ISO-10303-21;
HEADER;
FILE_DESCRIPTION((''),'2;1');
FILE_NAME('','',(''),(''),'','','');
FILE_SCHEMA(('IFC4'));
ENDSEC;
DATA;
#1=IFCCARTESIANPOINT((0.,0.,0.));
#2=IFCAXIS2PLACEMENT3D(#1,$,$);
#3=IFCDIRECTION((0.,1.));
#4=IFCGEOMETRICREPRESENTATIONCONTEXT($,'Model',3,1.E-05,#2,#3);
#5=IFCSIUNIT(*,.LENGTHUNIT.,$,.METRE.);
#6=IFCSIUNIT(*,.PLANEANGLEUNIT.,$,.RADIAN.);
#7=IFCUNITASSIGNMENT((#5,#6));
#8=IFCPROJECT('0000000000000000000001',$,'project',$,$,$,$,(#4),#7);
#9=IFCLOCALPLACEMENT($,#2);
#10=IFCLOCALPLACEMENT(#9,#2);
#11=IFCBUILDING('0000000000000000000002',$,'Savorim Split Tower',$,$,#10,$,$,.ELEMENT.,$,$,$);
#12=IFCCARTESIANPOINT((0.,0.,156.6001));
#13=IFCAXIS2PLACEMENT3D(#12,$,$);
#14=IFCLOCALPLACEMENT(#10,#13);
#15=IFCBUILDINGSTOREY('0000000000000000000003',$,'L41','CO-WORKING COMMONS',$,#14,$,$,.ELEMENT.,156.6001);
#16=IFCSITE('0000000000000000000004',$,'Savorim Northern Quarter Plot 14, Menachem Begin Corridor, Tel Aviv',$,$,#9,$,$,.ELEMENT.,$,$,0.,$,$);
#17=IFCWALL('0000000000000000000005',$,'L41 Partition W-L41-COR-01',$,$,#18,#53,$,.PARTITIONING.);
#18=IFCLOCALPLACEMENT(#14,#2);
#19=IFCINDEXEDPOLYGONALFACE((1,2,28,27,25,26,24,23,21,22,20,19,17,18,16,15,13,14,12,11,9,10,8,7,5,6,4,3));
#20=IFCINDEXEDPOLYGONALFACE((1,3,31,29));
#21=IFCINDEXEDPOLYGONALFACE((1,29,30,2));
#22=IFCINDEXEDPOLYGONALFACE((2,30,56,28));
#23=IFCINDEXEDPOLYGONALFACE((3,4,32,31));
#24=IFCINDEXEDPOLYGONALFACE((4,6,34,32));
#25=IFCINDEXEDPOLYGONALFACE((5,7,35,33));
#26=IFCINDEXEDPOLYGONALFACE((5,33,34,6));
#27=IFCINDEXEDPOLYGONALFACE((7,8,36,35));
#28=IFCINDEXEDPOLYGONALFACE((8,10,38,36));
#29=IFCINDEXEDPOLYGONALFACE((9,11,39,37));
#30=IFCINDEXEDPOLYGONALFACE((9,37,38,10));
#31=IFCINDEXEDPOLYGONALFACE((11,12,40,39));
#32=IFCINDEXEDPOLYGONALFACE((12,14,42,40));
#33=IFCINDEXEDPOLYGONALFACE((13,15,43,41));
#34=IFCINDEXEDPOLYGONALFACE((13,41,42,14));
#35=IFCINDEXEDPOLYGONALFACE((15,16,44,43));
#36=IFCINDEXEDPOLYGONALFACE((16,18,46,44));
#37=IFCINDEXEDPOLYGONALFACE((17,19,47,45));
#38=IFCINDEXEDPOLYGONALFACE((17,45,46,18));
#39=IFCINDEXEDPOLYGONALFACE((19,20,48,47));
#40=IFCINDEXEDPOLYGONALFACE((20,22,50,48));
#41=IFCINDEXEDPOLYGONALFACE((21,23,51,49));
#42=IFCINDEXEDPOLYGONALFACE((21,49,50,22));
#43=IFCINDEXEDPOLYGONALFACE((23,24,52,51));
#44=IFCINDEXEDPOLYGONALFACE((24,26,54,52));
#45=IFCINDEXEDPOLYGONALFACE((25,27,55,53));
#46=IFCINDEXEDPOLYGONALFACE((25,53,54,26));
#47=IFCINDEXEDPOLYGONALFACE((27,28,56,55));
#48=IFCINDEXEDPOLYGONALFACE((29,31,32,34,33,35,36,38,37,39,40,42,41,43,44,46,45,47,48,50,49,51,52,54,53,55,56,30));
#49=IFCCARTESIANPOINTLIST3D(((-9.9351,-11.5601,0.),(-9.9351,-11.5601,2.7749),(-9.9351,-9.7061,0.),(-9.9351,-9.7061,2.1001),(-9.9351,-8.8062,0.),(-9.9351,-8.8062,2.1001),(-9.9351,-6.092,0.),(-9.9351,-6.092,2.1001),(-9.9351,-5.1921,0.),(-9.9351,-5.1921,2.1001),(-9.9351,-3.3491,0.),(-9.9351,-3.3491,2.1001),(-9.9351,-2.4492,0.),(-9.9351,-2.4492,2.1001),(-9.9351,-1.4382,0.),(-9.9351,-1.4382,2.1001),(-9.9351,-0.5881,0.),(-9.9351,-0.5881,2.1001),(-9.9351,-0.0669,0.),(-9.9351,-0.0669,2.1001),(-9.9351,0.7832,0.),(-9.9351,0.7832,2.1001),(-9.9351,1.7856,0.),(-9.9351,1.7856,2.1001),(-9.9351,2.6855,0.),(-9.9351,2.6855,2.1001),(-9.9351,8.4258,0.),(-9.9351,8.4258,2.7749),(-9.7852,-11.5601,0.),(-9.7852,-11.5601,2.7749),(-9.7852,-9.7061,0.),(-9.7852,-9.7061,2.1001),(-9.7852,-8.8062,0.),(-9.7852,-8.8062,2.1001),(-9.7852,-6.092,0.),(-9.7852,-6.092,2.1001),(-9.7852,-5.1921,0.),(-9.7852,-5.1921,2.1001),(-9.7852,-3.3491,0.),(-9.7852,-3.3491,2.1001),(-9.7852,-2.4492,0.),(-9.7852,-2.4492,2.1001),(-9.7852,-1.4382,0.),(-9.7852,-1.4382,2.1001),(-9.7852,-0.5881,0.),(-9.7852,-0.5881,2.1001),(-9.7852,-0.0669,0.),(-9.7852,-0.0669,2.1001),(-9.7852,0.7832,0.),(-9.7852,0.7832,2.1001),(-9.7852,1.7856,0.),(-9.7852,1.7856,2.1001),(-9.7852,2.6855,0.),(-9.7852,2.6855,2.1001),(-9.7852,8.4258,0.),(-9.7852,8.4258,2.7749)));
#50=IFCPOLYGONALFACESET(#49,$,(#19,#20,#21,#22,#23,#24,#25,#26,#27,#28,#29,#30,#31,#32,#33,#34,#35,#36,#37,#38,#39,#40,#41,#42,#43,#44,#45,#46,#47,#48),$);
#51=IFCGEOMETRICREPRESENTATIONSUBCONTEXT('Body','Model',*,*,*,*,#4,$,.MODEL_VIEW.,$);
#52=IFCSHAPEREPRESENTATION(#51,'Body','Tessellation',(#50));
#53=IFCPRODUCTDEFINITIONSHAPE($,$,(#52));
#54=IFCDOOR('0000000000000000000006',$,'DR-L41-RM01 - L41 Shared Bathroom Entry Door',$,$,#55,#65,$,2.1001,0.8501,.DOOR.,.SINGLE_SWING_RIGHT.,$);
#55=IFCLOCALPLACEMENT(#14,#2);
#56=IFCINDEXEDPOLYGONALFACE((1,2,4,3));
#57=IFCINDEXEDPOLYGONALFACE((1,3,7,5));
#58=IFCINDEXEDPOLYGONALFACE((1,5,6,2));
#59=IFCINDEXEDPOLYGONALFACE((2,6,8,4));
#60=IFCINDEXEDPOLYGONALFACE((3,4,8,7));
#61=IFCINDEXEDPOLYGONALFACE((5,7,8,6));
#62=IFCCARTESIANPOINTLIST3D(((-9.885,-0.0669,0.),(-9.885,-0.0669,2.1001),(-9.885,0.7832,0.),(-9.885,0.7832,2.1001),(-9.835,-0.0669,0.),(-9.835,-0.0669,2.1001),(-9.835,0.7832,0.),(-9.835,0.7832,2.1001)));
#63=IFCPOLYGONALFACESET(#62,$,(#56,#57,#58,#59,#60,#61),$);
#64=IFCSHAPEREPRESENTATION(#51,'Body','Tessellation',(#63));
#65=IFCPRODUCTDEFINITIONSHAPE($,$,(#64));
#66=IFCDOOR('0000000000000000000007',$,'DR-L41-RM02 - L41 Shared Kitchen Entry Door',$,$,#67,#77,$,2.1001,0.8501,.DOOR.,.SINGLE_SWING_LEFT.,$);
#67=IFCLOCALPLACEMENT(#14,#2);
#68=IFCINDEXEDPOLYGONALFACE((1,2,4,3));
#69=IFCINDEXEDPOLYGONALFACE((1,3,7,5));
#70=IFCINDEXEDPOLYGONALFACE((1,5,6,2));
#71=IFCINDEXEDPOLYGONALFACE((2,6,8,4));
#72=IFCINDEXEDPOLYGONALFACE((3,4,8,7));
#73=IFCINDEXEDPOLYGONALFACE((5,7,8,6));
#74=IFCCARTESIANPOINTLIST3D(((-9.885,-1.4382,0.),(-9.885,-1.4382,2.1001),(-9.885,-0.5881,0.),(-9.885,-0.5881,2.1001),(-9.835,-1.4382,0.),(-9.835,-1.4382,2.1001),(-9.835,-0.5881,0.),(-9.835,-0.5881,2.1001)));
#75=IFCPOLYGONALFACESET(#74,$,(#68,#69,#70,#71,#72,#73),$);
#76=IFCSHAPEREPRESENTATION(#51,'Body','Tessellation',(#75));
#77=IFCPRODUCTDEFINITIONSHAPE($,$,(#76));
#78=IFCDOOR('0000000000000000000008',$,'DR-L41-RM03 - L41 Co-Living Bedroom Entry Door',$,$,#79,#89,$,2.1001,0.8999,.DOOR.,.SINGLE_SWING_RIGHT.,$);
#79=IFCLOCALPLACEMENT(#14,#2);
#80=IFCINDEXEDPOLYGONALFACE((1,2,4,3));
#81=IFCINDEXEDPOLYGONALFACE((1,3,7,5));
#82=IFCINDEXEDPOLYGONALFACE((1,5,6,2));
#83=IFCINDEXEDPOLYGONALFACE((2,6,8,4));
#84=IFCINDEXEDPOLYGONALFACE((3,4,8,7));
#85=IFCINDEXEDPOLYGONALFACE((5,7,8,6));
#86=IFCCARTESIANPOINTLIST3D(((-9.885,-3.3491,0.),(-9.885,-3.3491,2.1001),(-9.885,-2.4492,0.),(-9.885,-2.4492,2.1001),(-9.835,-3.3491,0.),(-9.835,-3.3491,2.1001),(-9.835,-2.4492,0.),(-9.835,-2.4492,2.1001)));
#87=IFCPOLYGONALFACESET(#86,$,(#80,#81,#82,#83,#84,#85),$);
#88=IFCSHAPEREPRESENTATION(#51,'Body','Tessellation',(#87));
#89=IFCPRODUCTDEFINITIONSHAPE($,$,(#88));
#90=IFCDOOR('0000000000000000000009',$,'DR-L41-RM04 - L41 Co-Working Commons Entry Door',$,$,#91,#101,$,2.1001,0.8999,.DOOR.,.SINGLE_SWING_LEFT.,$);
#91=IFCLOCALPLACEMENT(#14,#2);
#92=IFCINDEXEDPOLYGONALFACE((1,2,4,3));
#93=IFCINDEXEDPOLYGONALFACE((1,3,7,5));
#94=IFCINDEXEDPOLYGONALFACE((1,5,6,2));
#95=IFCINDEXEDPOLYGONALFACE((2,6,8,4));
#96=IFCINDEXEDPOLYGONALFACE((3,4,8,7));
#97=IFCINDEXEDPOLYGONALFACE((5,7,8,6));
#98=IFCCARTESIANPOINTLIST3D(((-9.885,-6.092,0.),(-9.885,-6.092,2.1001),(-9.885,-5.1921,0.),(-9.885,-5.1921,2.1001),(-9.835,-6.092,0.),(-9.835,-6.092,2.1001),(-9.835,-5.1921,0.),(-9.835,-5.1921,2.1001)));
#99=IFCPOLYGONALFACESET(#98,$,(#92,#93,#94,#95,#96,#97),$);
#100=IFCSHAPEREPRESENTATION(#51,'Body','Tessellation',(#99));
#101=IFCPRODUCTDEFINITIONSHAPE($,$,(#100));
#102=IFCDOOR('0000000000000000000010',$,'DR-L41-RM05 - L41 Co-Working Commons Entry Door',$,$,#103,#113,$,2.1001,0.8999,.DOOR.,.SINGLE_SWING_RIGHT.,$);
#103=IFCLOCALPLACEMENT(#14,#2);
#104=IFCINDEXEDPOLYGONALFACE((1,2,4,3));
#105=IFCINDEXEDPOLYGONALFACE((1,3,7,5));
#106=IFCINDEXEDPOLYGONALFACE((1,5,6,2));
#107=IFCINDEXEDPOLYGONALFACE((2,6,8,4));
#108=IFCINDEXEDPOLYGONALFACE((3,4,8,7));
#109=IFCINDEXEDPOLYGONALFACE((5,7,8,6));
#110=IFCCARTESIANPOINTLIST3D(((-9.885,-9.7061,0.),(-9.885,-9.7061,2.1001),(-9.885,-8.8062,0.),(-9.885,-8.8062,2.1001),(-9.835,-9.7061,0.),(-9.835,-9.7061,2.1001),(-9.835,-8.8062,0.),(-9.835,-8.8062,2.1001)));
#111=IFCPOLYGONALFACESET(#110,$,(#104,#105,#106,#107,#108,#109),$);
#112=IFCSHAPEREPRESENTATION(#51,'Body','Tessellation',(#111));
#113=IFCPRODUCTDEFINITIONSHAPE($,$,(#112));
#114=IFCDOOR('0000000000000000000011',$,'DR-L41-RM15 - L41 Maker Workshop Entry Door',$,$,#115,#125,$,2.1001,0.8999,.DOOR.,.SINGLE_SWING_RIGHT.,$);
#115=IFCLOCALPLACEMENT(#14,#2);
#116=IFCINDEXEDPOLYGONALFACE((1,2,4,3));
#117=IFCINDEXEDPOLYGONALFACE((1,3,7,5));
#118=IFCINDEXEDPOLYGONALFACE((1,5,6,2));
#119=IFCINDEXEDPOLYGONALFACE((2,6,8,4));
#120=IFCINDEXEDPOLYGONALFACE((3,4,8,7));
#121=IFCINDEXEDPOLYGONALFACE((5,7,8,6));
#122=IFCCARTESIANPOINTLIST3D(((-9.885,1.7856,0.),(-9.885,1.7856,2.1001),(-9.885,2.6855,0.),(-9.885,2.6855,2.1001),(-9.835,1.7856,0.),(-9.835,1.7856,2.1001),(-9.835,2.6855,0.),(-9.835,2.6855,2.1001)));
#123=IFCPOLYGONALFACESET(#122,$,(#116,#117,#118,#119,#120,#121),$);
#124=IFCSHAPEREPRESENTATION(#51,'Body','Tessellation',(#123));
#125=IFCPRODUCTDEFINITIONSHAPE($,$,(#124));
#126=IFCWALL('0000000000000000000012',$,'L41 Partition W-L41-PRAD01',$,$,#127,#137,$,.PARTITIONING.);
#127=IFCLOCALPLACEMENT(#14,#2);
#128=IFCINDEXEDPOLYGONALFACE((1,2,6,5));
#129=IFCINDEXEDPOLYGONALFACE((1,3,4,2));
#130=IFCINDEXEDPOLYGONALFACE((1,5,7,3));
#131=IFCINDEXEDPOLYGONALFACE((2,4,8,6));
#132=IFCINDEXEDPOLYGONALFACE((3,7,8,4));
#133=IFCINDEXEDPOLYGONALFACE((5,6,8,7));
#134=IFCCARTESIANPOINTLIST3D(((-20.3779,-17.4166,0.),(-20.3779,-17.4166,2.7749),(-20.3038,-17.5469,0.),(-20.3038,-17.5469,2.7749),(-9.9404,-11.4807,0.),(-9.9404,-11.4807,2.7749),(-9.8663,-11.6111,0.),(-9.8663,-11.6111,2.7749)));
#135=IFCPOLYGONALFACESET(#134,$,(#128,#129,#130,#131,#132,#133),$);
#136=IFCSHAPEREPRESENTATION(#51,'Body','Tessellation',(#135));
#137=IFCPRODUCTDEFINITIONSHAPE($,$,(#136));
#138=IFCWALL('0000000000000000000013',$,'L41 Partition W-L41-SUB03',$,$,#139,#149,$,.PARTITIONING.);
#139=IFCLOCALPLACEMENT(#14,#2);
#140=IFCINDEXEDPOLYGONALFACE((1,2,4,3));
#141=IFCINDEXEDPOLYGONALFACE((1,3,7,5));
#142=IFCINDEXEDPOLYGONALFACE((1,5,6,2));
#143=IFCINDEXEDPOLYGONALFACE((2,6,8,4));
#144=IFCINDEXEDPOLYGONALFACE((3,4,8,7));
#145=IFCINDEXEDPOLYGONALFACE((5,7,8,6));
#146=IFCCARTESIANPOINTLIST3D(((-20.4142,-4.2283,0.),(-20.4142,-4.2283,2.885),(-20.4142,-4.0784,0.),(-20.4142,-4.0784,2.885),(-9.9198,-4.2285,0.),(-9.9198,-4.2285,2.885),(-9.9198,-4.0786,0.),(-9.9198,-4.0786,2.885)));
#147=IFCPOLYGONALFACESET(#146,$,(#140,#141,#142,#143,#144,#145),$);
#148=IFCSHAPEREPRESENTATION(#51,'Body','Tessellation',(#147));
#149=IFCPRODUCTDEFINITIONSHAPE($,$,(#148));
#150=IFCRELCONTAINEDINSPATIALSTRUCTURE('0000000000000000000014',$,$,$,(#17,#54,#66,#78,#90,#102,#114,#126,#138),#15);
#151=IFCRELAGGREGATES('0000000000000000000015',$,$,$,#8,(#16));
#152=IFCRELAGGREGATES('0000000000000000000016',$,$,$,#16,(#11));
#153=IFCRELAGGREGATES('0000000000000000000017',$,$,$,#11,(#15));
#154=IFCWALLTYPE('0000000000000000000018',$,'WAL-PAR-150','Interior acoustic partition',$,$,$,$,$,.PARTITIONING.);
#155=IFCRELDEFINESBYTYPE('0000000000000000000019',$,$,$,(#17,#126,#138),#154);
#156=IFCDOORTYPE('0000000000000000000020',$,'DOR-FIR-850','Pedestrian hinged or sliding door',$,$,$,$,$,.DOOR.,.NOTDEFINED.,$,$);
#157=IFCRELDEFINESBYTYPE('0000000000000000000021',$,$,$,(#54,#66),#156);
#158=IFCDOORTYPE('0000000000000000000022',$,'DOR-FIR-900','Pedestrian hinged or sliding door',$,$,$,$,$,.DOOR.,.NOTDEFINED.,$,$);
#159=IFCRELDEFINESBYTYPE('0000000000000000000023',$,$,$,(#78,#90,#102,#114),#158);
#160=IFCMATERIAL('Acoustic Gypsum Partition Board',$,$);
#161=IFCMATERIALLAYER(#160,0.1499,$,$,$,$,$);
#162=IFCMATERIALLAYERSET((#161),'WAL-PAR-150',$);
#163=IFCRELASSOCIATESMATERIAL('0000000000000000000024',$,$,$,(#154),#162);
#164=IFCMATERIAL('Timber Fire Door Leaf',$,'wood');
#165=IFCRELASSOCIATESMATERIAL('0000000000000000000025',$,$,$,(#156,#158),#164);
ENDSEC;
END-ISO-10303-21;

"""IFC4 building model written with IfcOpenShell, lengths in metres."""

from ifc_helpers import new_model, si_unit, direction, frame, frame_2d, origin, place, context, subcontext, project, spatial, rectangle, extrude, material, layer, layer_set, type_object, element, fill, save


model = new_model("IFC4")

# Units and contexts
model_context = context("Model", 3, precision=1e-05, world=origin(), true_north=direction((0.0, 1.0)))
body_context = subcontext(model_context, "Body", "Model", "MODEL_VIEW")
ifc_project = project(units=[si_unit("LENGTHUNIT", "METRE"), si_unit("PLANEANGLEUNIT", "RADIAN")], contexts=[model_context])

# Site, building, storey
site_placement = place(None, origin())
site = spatial("IfcSite", under=ifc_project, at=site_placement, Name="Savorim Northern Quarter Plot 14, Menachem Begin Corridor, Tel Aviv", CompositionType="ELEMENT", RefElevation=0.0)
building_placement = place(site_placement, origin())
building = spatial("IfcBuilding", under=site, at=building_placement, Name="Savorim Split Tower", CompositionType="ELEMENT")
storey_placement = place(building_placement, frame((0.0, 0.0, 156.6001)))
storey = spatial("IfcBuildingStorey", under=building, at=storey_placement, Name="L41", Description="CO-WORKING COMMONS", CompositionType="ELEMENT", Elevation=156.6001)

# Shared definitions
ifc_material_1 = material(Name="Timber Fire Door Leaf", Category="wood")

# Wall, openings, doors
ifc_material_2 = material(Name="Acoustic Gypsum Partition Board")
ifc_layer_1 = layer(ifc_material_2, 0.1499)
ifc_layer_set_1 = layer_set([ifc_layer_1], Name="WAL-PAR-150")
wall_type_1 = type_object("IfcWallType", Name="WAL-PAR-150", Description="Interior acoustic partition", PredefinedType="PARTITIONING", material=ifc_layer_set_1)
wall_1_placement = place(storey_placement, frame((-9.8601, -11.5601, 0.0), z_axis=(0.0, 0.0, 1.0), x_axis=(0.0, 1.0, 0.0)))
wall_1 = element("IfcWall", 1, at=wall_1_placement, inside=storey, type_object=wall_type_1, Name="L41 Partition W-L41-COR-01", PredefinedType="PARTITIONING", context=body_context, shape_type="SweptSolid", body=[
    extrude(rectangle(XDim=19.9858, YDim=0.1499, at=frame_2d((9.9929, 0.0))), origin(), (0.0, 0.0, 1.0), 2.7749),
])
opening_1_placement = place(wall_1_placement, frame((11.4932, 0.0, 0.0)))
opening_1 = element("IfcOpeningElement", 2, at=opening_1_placement, cuts=wall_1, PredefinedType="OPENING", context=body_context, shape_type="SweptSolid", body=[
    extrude(rectangle(XDim=0.8501, YDim=2.1001, at=frame_2d((0.425, 1.05))), frame((0.0, 0.085, 0.0), z_axis=(0.0, -1.0, 0.0), x_axis=(1.0, 0.0, 0.0)), (0.0, 0.0, 1.0), 0.1699),
])
opening_2_placement = place(wall_1_placement, frame((10.1218, 0.0, 0.0)))
opening_2 = element("IfcOpeningElement", 3, at=opening_2_placement, cuts=wall_1, PredefinedType="OPENING", context=body_context, shape_type="SweptSolid", body=[
    extrude(rectangle(XDim=0.8501, YDim=2.1001, at=frame_2d((0.425, 1.05))), frame((0.0, 0.085, 0.0), z_axis=(0.0, -1.0, 0.0), x_axis=(1.0, 0.0, 0.0)), (0.0, 0.0, 1.0), 0.1699),
])
opening_3_placement = place(wall_1_placement, frame((8.2109, 0.0, 0.0)))
opening_3 = element("IfcOpeningElement", 4, at=opening_3_placement, cuts=wall_1, PredefinedType="OPENING", context=body_context, shape_type="SweptSolid", body=[
    extrude(rectangle(XDim=0.8999, YDim=2.1001, at=frame_2d((0.45, 1.05))), frame((0.0, 0.085, 0.0), z_axis=(0.0, -1.0, 0.0), x_axis=(1.0, 0.0, 0.0)), (0.0, 0.0, 1.0), 0.1699),
])
opening_4_placement = place(wall_1_placement, frame((5.468, 0.0, 0.0)))
opening_4 = element("IfcOpeningElement", 5, at=opening_4_placement, cuts=wall_1, PredefinedType="OPENING", context=body_context, shape_type="SweptSolid", body=[
    extrude(rectangle(XDim=0.8999, YDim=2.1001, at=frame_2d((0.45, 1.05))), frame((0.0, 0.085, 0.0), z_axis=(0.0, -1.0, 0.0), x_axis=(1.0, 0.0, 0.0)), (0.0, 0.0, 1.0), 0.1699),
])
opening_5_placement = place(wall_1_placement, frame((1.854, 0.0, 0.0)))
opening_5 = element("IfcOpeningElement", 6, at=opening_5_placement, cuts=wall_1, PredefinedType="OPENING", context=body_context, shape_type="SweptSolid", body=[
    extrude(rectangle(XDim=0.8999, YDim=2.1001, at=frame_2d((0.45, 1.05))), frame((0.0, 0.085, 0.0), z_axis=(0.0, -1.0, 0.0), x_axis=(1.0, 0.0, 0.0)), (0.0, 0.0, 1.0), 0.1699),
])
opening_6_placement = place(wall_1_placement, frame((13.3457, 0.0, 0.0)))
opening_6 = element("IfcOpeningElement", 7, at=opening_6_placement, cuts=wall_1, PredefinedType="OPENING", context=body_context, shape_type="SweptSolid", body=[
    extrude(rectangle(XDim=0.8999, YDim=2.1001, at=frame_2d((0.45, 1.05))), frame((0.0, 0.085, 0.0), z_axis=(0.0, -1.0, 0.0), x_axis=(1.0, 0.0, 0.0)), (0.0, 0.0, 1.0), 0.1699),
])
door_type_1 = type_object("IfcDoorType", Name="DOR-FIR-850", Description="Pedestrian hinged or sliding door", OperationType="NOTDEFINED", PredefinedType="DOOR", material=ifc_material_1)
door_1_placement = place(opening_1_placement, origin())
door_1 = element("IfcDoor", 8, at=door_1_placement, inside=storey, type_object=door_type_1, Name="DR-L41-RM01 - L41 Shared Bathroom Entry Door", OperationType="SINGLE_SWING_RIGHT", OverallHeight=2.1001, OverallWidth=0.8501, PredefinedType="DOOR", context=body_context, shape_type="SweptSolid", body=[
    extrude(rectangle(XDim=0.8501, YDim=2.1001, at=frame_2d((0.425, 1.05))), frame((0.0, 0.0249, 0.0), z_axis=(0.0, -1.0, 0.0), x_axis=(1.0, 0.0, 0.0)), (0.0, 0.0, 1.0), 0.05),
])
fill(opening_1, door_1)
door_2_placement = place(opening_2_placement, origin())
door_2 = element("IfcDoor", 9, at=door_2_placement, inside=storey, type_object=door_type_1, Name="DR-L41-RM02 - L41 Shared Kitchen Entry Door", OperationType="SINGLE_SWING_LEFT", OverallHeight=2.1001, OverallWidth=0.8501, PredefinedType="DOOR", context=body_context, shape_type="SweptSolid", body=[
    extrude(rectangle(XDim=0.8501, YDim=2.1001, at=frame_2d((0.425, 1.05))), frame((0.0, 0.0249, 0.0), z_axis=(0.0, -1.0, 0.0), x_axis=(1.0, 0.0, 0.0)), (0.0, 0.0, 1.0), 0.05),
])
fill(opening_2, door_2)
door_type_2 = type_object("IfcDoorType", Name="DOR-FIR-900", Description="Pedestrian hinged or sliding door", OperationType="NOTDEFINED", PredefinedType="DOOR", material=ifc_material_1)
door_3_placement = place(opening_3_placement, origin())
door_3 = element("IfcDoor", 10, at=door_3_placement, inside=storey, type_object=door_type_2, Name="DR-L41-RM03 - L41 Co-Living Bedroom Entry Door", OperationType="SINGLE_SWING_RIGHT", OverallHeight=2.1001, OverallWidth=0.8999, PredefinedType="DOOR", context=body_context, shape_type="SweptSolid", body=[
    extrude(rectangle(XDim=0.8999, YDim=2.1001, at=frame_2d((0.45, 1.05))), frame((0.0, 0.0249, 0.0), z_axis=(0.0, -1.0, 0.0), x_axis=(1.0, 0.0, 0.0)), (0.0, 0.0, 1.0), 0.05),
])
fill(opening_3, door_3)
door_4_placement = place(opening_4_placement, origin())
door_4 = element("IfcDoor", 11, at=door_4_placement, inside=storey, type_object=door_type_2, Name="DR-L41-RM04 - L41 Co-Working Commons Entry Door", OperationType="SINGLE_SWING_LEFT", OverallHeight=2.1001, OverallWidth=0.8999, PredefinedType="DOOR", context=body_context, shape_type="SweptSolid", body=[
    extrude(rectangle(XDim=0.8999, YDim=2.1001, at=frame_2d((0.45, 1.05))), frame((0.0, 0.0249, 0.0), z_axis=(0.0, -1.0, 0.0), x_axis=(1.0, 0.0, 0.0)), (0.0, 0.0, 1.0), 0.05),
])
fill(opening_4, door_4)
door_5_placement = place(opening_5_placement, origin())
door_5 = element("IfcDoor", 12, at=door_5_placement, inside=storey, type_object=door_type_2, Name="DR-L41-RM05 - L41 Co-Working Commons Entry Door", OperationType="SINGLE_SWING_RIGHT", OverallHeight=2.1001, OverallWidth=0.8999, PredefinedType="DOOR", context=body_context, shape_type="SweptSolid", body=[
    extrude(rectangle(XDim=0.8999, YDim=2.1001, at=frame_2d((0.45, 1.05))), frame((0.0, 0.0249, 0.0), z_axis=(0.0, -1.0, 0.0), x_axis=(1.0, 0.0, 0.0)), (0.0, 0.0, 1.0), 0.05),
])
fill(opening_5, door_5)
door_6_placement = place(opening_6_placement, origin())
door_6 = element("IfcDoor", 13, at=door_6_placement, inside=storey, type_object=door_type_2, Name="DR-L41-RM15 - L41 Maker Workshop Entry Door", OperationType="SINGLE_SWING_RIGHT", OverallHeight=2.1001, OverallWidth=0.8999, PredefinedType="DOOR", context=body_context, shape_type="SweptSolid", body=[
    extrude(rectangle(XDim=0.8999, YDim=2.1001, at=frame_2d((0.45, 1.05))), frame((0.0, 0.0249, 0.0), z_axis=(0.0, -1.0, 0.0), x_axis=(1.0, 0.0, 0.0)), (0.0, 0.0, 1.0), 0.05),
])
fill(opening_6, door_6)

# Walls
wall_2_placement = place(storey_placement, frame((-9.9033, -11.5459, 0.0), z_axis=(0.0, 0.0, 1.0), x_axis=(-0.869264, -0.494349, 0.0)))
element("IfcWall", 14, at=wall_2_placement, inside=storey, type_object=wall_type_1, Name="L41 Partition W-L41-PRAD01", PredefinedType="PARTITIONING", context=body_context, shape_type="SweptSolid", body=[
    extrude(rectangle(XDim=12.0073, YDim=0.1499, at=frame_2d((6.0037, 0.0))), origin(), (0.0, 0.0, 1.0), 2.7749),
])
wall_3_placement = place(storey_placement, frame((-9.9199, -4.1536, 0.0), z_axis=(0.0, 0.0, 1.0), x_axis=(-1.0, 0.000023, 0.0)))
element("IfcWall", 15, at=wall_3_placement, inside=storey, type_object=wall_type_1, Name="L41 Partition W-L41-SUB03", PredefinedType="PARTITIONING", context=body_context, shape_type="SweptSolid", body=[
    extrude(rectangle(XDim=10.4944, YDim=0.1499, at=frame_2d((5.2471, 0.0))), origin(), (0.0, 0.0, 1.0), 2.885),
])

save(model, "model.ifc")
